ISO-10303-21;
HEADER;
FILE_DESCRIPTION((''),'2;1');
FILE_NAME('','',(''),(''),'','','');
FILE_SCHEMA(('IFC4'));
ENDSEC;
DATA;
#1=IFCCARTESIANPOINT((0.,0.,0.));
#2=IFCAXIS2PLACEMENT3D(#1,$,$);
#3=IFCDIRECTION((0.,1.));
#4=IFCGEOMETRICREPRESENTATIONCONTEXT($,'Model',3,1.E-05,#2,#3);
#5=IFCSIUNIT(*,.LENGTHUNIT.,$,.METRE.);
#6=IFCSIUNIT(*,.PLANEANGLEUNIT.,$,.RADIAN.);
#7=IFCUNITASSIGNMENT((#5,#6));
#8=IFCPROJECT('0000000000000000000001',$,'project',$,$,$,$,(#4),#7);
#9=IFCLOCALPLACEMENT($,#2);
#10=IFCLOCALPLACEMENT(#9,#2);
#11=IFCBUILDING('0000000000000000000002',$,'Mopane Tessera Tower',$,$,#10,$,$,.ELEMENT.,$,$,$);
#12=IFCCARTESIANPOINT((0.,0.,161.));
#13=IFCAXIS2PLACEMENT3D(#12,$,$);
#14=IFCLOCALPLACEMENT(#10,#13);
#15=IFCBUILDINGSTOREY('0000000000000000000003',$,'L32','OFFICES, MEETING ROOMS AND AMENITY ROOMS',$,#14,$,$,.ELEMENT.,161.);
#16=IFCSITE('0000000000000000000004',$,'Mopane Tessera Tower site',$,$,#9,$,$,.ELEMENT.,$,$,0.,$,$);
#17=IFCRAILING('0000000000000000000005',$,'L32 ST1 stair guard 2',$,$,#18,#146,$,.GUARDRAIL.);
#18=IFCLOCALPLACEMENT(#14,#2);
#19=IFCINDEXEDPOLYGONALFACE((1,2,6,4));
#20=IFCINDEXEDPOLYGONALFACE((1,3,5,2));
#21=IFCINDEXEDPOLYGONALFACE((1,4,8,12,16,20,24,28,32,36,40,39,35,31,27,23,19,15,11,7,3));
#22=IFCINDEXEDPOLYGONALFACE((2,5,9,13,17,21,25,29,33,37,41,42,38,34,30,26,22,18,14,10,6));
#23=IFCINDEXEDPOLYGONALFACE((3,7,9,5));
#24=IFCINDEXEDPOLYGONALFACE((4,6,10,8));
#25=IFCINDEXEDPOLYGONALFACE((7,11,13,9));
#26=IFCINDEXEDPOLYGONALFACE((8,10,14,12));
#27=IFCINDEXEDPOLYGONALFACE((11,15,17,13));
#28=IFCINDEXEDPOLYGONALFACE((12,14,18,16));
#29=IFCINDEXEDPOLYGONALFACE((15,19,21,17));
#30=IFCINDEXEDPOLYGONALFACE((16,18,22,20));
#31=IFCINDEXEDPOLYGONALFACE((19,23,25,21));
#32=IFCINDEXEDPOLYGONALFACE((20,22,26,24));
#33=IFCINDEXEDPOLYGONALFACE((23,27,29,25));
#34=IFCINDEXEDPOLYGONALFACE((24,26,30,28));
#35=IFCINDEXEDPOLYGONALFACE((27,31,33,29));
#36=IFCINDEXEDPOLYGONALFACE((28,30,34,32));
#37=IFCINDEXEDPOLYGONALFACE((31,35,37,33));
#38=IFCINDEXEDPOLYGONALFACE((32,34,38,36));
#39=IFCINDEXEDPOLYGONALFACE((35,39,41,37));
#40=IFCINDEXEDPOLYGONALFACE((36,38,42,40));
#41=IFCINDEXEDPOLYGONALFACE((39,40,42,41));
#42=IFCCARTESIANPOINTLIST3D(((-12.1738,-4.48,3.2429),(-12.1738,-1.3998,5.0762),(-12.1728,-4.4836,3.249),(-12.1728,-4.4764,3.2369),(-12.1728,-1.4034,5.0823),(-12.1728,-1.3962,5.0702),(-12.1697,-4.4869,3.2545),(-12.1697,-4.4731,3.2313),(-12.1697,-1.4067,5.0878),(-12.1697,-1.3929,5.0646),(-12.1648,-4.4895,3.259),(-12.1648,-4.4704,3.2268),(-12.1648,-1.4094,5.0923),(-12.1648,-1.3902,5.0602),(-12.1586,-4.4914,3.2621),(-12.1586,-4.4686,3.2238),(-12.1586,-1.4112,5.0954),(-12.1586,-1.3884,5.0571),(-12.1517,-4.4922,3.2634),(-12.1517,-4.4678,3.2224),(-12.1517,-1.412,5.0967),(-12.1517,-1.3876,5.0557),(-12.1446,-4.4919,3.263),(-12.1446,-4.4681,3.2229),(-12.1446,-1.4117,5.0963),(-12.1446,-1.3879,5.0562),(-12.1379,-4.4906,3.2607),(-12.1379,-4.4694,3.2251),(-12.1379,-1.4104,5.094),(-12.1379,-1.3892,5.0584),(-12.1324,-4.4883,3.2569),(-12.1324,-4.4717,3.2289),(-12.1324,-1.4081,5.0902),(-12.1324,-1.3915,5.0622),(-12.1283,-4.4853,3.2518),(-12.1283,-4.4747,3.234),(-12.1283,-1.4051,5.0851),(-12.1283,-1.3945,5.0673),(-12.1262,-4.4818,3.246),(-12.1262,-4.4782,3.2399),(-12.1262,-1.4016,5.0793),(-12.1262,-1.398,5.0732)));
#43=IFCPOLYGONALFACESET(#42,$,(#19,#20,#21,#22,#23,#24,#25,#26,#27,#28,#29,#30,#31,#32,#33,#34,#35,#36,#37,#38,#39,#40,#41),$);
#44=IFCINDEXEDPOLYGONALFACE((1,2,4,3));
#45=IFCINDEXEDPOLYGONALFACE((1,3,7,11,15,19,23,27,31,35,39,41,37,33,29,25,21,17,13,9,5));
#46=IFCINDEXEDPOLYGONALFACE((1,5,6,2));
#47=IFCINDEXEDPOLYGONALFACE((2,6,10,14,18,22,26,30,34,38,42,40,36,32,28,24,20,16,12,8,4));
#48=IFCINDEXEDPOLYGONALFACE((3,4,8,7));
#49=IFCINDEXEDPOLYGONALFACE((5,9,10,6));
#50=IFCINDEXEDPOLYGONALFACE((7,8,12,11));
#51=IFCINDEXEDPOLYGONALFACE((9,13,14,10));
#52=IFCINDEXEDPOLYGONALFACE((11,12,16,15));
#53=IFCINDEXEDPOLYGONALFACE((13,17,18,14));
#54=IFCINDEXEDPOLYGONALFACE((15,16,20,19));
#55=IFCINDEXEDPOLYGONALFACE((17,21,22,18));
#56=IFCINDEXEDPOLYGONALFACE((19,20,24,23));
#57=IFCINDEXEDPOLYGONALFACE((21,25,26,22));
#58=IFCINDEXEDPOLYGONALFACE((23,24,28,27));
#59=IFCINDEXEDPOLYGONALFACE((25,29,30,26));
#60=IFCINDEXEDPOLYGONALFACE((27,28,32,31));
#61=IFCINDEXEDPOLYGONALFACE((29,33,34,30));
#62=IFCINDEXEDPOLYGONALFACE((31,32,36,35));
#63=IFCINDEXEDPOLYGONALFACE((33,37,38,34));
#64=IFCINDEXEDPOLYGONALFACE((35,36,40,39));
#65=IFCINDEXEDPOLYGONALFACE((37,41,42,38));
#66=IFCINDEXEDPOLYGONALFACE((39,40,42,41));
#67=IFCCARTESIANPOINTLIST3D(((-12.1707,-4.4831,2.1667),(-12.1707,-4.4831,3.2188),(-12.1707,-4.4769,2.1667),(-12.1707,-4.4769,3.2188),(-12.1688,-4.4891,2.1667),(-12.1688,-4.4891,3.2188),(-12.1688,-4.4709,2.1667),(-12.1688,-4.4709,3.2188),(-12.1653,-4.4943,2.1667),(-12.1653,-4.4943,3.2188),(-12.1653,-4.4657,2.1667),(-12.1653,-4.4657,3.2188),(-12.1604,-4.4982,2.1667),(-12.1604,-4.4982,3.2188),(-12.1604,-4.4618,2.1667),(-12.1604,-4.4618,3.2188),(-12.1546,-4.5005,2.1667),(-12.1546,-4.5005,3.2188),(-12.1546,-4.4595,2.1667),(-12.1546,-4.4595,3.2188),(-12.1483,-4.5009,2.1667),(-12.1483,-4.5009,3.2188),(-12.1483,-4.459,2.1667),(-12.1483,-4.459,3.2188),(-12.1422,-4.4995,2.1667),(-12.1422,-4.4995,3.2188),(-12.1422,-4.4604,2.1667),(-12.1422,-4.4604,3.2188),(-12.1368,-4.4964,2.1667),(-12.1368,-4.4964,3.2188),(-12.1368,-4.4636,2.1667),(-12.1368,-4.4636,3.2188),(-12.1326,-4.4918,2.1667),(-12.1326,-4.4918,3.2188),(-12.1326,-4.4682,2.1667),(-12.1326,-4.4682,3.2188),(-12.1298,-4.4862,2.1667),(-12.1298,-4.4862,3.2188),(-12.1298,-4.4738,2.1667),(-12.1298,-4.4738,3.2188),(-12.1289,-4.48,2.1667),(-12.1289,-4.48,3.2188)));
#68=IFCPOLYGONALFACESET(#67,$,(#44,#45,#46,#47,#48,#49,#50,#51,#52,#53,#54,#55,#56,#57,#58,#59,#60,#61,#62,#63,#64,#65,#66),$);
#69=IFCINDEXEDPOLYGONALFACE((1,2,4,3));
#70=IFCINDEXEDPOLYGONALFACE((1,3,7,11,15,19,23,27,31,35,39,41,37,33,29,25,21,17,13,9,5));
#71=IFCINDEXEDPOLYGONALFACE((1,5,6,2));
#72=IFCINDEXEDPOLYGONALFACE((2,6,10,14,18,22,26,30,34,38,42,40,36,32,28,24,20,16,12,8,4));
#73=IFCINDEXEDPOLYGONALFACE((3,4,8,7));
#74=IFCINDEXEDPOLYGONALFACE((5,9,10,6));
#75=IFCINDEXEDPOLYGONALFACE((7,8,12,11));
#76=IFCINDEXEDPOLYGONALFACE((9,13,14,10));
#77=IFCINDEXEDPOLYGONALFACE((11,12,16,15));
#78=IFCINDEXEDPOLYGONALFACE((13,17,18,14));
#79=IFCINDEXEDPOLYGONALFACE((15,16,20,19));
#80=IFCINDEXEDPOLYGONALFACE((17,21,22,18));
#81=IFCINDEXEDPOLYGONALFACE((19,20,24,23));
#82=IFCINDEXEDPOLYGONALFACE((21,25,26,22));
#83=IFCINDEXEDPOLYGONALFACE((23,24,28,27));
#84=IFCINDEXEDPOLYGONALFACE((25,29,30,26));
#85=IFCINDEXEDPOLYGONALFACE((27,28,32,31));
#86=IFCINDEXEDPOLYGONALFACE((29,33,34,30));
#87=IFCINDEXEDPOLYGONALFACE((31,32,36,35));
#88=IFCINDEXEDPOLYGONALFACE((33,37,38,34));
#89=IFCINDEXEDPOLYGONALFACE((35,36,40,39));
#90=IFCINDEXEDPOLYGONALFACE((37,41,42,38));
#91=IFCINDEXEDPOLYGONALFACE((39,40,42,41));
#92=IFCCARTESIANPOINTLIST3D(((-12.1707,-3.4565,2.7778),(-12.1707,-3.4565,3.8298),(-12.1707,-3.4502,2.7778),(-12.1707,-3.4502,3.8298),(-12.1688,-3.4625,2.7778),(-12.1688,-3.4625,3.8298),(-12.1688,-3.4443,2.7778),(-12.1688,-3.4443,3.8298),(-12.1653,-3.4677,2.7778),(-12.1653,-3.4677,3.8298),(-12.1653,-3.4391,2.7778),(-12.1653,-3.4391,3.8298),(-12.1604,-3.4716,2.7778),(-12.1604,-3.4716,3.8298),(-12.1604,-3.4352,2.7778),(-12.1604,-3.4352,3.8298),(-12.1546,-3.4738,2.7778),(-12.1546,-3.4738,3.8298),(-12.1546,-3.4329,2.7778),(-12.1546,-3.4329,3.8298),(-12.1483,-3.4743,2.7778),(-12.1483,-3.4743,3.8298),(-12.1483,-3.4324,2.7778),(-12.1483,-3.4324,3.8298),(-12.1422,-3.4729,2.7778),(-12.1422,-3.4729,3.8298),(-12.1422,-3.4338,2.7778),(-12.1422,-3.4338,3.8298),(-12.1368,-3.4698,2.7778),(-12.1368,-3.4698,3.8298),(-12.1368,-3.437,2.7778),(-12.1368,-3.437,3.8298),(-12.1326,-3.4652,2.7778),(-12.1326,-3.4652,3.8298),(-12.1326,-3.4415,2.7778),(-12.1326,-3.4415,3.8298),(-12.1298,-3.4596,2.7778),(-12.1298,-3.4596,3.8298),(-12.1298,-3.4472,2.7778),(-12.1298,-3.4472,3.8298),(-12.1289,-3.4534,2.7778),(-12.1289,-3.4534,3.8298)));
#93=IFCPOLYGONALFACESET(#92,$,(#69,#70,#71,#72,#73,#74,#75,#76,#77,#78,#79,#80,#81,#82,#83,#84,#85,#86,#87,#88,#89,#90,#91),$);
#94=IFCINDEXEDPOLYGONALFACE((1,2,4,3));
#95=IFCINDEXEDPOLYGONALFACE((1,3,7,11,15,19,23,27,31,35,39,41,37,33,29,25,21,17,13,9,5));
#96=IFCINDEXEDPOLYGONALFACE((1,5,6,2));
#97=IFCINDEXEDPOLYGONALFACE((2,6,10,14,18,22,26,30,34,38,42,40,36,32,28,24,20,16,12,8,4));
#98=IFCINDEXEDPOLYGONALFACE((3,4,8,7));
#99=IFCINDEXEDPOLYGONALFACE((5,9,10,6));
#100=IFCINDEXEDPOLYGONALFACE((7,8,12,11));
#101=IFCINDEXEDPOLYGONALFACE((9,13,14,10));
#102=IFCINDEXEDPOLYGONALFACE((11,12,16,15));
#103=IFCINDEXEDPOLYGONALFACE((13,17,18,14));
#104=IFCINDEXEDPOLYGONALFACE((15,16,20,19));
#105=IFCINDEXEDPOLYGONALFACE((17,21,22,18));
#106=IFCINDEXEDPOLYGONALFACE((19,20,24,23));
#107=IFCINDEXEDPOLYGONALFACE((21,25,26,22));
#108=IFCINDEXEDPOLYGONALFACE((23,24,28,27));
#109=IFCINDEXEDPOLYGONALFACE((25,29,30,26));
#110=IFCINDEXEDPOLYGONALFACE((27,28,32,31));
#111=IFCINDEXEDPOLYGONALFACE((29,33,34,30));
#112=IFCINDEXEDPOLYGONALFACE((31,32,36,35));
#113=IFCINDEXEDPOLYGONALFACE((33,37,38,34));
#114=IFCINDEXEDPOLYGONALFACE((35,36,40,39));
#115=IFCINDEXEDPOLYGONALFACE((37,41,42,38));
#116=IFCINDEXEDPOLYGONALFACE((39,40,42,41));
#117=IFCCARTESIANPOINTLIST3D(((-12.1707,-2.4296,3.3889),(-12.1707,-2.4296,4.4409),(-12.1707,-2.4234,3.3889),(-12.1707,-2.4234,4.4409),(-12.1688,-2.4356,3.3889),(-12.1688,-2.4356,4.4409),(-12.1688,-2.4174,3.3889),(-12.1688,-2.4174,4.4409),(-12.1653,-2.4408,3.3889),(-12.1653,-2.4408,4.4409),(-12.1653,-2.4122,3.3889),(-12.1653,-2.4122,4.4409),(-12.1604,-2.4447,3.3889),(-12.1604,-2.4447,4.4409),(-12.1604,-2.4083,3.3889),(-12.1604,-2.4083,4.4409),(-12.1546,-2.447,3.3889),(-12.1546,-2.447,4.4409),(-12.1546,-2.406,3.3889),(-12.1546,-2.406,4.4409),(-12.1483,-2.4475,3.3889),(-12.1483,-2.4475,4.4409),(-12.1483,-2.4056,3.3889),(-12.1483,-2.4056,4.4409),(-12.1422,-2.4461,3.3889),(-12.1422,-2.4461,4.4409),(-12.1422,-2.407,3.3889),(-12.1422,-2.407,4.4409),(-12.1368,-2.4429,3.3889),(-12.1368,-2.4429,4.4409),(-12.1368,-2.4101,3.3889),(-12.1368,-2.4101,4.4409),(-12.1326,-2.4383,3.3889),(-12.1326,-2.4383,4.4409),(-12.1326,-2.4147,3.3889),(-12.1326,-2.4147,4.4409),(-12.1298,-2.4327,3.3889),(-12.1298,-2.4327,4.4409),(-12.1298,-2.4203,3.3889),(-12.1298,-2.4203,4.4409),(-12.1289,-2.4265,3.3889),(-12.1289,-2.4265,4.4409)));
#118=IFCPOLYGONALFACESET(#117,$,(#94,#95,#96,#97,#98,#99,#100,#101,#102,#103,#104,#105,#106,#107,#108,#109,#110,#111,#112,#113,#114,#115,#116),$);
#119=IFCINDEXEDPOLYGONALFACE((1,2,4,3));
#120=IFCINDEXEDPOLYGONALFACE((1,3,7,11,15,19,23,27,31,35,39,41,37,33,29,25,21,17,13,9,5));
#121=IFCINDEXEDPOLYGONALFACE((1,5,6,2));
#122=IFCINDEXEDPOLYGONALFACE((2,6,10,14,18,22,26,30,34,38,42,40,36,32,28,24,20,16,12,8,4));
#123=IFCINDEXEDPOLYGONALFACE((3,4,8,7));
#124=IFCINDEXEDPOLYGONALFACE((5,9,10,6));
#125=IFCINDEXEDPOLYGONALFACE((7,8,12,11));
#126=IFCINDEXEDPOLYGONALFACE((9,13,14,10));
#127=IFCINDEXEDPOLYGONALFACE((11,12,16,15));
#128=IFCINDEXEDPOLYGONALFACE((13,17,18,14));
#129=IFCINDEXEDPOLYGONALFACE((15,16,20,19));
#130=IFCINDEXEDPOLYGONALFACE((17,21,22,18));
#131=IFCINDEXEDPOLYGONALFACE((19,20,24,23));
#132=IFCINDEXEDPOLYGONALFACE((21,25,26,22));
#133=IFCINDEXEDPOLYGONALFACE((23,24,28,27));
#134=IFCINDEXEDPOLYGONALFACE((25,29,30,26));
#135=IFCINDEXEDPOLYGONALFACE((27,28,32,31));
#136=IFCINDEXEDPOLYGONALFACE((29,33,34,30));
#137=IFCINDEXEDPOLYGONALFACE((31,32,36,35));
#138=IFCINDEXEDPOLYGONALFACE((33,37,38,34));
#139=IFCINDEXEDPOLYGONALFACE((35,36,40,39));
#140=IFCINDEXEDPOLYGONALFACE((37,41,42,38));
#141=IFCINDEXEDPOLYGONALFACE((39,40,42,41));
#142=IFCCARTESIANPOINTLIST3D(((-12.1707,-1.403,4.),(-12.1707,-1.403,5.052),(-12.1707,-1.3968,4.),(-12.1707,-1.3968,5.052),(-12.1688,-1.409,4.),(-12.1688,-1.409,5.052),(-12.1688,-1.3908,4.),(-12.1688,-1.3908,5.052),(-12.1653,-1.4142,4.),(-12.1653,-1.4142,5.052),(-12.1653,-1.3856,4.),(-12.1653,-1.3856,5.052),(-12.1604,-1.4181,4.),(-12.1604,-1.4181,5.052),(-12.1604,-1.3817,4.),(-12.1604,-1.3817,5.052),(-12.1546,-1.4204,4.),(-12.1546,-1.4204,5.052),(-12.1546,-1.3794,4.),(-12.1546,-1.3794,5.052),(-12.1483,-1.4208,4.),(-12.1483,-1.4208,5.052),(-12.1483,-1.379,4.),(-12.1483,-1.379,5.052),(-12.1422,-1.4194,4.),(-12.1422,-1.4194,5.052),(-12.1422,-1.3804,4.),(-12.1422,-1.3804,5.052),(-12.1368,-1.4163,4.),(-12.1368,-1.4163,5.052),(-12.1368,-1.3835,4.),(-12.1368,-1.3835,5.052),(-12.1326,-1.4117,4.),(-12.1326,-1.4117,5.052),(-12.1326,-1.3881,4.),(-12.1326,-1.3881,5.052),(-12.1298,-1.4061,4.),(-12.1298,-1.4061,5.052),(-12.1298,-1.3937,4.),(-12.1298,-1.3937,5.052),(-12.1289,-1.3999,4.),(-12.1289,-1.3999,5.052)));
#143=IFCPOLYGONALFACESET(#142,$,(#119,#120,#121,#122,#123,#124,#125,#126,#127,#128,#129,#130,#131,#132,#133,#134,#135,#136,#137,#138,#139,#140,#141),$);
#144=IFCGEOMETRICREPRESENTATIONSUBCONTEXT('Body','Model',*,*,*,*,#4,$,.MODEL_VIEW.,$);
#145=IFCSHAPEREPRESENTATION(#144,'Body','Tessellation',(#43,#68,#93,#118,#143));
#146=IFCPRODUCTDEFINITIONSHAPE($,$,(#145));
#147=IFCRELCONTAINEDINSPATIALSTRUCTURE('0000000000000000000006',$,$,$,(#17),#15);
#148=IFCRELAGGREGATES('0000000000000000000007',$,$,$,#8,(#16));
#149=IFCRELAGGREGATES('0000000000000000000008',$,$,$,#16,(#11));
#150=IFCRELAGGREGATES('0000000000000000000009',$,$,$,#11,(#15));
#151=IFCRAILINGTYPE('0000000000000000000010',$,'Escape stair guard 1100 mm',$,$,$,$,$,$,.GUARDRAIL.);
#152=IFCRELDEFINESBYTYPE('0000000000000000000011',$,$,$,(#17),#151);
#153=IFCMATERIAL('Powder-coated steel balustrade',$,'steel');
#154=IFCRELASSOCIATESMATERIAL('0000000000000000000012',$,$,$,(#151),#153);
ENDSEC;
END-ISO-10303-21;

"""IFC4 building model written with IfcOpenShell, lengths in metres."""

from ifc_helpers import new_model, si_unit, direction, frame, origin, origin_2d, place, context, subcontext, project, spatial, circle, extrude, material, type_object, element, save


model = new_model("IFC4")

# Units and contexts
model_context = context("Model", 3, precision=1e-05, world=origin(), true_north=direction((0.0, 1.0)))
body_context = subcontext(model_context, "Body", "Model", "MODEL_VIEW")
ifc_project = project(units=[si_unit("LENGTHUNIT", "METRE"), si_unit("PLANEANGLEUNIT", "RADIAN")], contexts=[model_context])

# Site, building, storey
site_placement = place(None, origin())
site = spatial("IfcSite", under=ifc_project, at=site_placement, Name="Mopane Tessera Tower site", CompositionType="ELEMENT", RefElevation=0.0)
building_placement = place(site_placement, origin())
building = spatial("IfcBuilding", under=site, at=building_placement, Name="Mopane Tessera Tower", CompositionType="ELEMENT")
storey_placement = place(building_placement, frame((0.0, 0.0, 161.0)))
storey = spatial("IfcBuildingStorey", under=building, at=storey_placement, Name="L32", Description="OFFICES, MEETING ROOMS AND AMENITY ROOMS", CompositionType="ELEMENT", Elevation=161.0)

# Railing
ifc_material_1 = material(Name="Powder-coated steel balustrade", Category="steel")
railing_type_1 = type_object("IfcRailingType", Name="Escape stair guard 1100 mm", PredefinedType="GUARDRAIL", material=ifc_material_1)
railing_1_placement = place(storey_placement, frame((-12.1499, -4.48, 2.1667)))
element("IfcRailing", 1, at=railing_1_placement, inside=storey, type_object=railing_type_1, Name="L32 ST1 stair guard 2", PredefinedType="GUARDRAIL", context=body_context, shape_type="SweptSolid", body=[
    extrude(circle(Radius=0.0239, at=origin_2d()), frame((0.0, 0.0, 1.0762), z_axis=(0.0, 0.859309, 0.511458), x_axis=(-1.0, 0.0, 0.0)), (0.0, 0.0, 1.0), 3.5845),
    extrude(circle(Radius=0.021, at=origin_2d()), origin(), (0.0, 0.0, 1.0), 1.052),
    extrude(circle(Radius=0.021, at=origin_2d()), frame((0.0, 1.0266, 0.6111)), (0.0, 0.0, 1.0), 1.052),
    extrude(circle(Radius=0.021, at=origin_2d()), frame((0.0, 2.0535, 1.2222)), (0.0, 0.0, 1.0), 1.052),
    extrude(circle(Radius=0.021, at=origin_2d()), frame((0.0, 3.0801, 1.8333)), (0.0, 0.0, 1.0), 1.052),
])

save(model, "model.ifc")
